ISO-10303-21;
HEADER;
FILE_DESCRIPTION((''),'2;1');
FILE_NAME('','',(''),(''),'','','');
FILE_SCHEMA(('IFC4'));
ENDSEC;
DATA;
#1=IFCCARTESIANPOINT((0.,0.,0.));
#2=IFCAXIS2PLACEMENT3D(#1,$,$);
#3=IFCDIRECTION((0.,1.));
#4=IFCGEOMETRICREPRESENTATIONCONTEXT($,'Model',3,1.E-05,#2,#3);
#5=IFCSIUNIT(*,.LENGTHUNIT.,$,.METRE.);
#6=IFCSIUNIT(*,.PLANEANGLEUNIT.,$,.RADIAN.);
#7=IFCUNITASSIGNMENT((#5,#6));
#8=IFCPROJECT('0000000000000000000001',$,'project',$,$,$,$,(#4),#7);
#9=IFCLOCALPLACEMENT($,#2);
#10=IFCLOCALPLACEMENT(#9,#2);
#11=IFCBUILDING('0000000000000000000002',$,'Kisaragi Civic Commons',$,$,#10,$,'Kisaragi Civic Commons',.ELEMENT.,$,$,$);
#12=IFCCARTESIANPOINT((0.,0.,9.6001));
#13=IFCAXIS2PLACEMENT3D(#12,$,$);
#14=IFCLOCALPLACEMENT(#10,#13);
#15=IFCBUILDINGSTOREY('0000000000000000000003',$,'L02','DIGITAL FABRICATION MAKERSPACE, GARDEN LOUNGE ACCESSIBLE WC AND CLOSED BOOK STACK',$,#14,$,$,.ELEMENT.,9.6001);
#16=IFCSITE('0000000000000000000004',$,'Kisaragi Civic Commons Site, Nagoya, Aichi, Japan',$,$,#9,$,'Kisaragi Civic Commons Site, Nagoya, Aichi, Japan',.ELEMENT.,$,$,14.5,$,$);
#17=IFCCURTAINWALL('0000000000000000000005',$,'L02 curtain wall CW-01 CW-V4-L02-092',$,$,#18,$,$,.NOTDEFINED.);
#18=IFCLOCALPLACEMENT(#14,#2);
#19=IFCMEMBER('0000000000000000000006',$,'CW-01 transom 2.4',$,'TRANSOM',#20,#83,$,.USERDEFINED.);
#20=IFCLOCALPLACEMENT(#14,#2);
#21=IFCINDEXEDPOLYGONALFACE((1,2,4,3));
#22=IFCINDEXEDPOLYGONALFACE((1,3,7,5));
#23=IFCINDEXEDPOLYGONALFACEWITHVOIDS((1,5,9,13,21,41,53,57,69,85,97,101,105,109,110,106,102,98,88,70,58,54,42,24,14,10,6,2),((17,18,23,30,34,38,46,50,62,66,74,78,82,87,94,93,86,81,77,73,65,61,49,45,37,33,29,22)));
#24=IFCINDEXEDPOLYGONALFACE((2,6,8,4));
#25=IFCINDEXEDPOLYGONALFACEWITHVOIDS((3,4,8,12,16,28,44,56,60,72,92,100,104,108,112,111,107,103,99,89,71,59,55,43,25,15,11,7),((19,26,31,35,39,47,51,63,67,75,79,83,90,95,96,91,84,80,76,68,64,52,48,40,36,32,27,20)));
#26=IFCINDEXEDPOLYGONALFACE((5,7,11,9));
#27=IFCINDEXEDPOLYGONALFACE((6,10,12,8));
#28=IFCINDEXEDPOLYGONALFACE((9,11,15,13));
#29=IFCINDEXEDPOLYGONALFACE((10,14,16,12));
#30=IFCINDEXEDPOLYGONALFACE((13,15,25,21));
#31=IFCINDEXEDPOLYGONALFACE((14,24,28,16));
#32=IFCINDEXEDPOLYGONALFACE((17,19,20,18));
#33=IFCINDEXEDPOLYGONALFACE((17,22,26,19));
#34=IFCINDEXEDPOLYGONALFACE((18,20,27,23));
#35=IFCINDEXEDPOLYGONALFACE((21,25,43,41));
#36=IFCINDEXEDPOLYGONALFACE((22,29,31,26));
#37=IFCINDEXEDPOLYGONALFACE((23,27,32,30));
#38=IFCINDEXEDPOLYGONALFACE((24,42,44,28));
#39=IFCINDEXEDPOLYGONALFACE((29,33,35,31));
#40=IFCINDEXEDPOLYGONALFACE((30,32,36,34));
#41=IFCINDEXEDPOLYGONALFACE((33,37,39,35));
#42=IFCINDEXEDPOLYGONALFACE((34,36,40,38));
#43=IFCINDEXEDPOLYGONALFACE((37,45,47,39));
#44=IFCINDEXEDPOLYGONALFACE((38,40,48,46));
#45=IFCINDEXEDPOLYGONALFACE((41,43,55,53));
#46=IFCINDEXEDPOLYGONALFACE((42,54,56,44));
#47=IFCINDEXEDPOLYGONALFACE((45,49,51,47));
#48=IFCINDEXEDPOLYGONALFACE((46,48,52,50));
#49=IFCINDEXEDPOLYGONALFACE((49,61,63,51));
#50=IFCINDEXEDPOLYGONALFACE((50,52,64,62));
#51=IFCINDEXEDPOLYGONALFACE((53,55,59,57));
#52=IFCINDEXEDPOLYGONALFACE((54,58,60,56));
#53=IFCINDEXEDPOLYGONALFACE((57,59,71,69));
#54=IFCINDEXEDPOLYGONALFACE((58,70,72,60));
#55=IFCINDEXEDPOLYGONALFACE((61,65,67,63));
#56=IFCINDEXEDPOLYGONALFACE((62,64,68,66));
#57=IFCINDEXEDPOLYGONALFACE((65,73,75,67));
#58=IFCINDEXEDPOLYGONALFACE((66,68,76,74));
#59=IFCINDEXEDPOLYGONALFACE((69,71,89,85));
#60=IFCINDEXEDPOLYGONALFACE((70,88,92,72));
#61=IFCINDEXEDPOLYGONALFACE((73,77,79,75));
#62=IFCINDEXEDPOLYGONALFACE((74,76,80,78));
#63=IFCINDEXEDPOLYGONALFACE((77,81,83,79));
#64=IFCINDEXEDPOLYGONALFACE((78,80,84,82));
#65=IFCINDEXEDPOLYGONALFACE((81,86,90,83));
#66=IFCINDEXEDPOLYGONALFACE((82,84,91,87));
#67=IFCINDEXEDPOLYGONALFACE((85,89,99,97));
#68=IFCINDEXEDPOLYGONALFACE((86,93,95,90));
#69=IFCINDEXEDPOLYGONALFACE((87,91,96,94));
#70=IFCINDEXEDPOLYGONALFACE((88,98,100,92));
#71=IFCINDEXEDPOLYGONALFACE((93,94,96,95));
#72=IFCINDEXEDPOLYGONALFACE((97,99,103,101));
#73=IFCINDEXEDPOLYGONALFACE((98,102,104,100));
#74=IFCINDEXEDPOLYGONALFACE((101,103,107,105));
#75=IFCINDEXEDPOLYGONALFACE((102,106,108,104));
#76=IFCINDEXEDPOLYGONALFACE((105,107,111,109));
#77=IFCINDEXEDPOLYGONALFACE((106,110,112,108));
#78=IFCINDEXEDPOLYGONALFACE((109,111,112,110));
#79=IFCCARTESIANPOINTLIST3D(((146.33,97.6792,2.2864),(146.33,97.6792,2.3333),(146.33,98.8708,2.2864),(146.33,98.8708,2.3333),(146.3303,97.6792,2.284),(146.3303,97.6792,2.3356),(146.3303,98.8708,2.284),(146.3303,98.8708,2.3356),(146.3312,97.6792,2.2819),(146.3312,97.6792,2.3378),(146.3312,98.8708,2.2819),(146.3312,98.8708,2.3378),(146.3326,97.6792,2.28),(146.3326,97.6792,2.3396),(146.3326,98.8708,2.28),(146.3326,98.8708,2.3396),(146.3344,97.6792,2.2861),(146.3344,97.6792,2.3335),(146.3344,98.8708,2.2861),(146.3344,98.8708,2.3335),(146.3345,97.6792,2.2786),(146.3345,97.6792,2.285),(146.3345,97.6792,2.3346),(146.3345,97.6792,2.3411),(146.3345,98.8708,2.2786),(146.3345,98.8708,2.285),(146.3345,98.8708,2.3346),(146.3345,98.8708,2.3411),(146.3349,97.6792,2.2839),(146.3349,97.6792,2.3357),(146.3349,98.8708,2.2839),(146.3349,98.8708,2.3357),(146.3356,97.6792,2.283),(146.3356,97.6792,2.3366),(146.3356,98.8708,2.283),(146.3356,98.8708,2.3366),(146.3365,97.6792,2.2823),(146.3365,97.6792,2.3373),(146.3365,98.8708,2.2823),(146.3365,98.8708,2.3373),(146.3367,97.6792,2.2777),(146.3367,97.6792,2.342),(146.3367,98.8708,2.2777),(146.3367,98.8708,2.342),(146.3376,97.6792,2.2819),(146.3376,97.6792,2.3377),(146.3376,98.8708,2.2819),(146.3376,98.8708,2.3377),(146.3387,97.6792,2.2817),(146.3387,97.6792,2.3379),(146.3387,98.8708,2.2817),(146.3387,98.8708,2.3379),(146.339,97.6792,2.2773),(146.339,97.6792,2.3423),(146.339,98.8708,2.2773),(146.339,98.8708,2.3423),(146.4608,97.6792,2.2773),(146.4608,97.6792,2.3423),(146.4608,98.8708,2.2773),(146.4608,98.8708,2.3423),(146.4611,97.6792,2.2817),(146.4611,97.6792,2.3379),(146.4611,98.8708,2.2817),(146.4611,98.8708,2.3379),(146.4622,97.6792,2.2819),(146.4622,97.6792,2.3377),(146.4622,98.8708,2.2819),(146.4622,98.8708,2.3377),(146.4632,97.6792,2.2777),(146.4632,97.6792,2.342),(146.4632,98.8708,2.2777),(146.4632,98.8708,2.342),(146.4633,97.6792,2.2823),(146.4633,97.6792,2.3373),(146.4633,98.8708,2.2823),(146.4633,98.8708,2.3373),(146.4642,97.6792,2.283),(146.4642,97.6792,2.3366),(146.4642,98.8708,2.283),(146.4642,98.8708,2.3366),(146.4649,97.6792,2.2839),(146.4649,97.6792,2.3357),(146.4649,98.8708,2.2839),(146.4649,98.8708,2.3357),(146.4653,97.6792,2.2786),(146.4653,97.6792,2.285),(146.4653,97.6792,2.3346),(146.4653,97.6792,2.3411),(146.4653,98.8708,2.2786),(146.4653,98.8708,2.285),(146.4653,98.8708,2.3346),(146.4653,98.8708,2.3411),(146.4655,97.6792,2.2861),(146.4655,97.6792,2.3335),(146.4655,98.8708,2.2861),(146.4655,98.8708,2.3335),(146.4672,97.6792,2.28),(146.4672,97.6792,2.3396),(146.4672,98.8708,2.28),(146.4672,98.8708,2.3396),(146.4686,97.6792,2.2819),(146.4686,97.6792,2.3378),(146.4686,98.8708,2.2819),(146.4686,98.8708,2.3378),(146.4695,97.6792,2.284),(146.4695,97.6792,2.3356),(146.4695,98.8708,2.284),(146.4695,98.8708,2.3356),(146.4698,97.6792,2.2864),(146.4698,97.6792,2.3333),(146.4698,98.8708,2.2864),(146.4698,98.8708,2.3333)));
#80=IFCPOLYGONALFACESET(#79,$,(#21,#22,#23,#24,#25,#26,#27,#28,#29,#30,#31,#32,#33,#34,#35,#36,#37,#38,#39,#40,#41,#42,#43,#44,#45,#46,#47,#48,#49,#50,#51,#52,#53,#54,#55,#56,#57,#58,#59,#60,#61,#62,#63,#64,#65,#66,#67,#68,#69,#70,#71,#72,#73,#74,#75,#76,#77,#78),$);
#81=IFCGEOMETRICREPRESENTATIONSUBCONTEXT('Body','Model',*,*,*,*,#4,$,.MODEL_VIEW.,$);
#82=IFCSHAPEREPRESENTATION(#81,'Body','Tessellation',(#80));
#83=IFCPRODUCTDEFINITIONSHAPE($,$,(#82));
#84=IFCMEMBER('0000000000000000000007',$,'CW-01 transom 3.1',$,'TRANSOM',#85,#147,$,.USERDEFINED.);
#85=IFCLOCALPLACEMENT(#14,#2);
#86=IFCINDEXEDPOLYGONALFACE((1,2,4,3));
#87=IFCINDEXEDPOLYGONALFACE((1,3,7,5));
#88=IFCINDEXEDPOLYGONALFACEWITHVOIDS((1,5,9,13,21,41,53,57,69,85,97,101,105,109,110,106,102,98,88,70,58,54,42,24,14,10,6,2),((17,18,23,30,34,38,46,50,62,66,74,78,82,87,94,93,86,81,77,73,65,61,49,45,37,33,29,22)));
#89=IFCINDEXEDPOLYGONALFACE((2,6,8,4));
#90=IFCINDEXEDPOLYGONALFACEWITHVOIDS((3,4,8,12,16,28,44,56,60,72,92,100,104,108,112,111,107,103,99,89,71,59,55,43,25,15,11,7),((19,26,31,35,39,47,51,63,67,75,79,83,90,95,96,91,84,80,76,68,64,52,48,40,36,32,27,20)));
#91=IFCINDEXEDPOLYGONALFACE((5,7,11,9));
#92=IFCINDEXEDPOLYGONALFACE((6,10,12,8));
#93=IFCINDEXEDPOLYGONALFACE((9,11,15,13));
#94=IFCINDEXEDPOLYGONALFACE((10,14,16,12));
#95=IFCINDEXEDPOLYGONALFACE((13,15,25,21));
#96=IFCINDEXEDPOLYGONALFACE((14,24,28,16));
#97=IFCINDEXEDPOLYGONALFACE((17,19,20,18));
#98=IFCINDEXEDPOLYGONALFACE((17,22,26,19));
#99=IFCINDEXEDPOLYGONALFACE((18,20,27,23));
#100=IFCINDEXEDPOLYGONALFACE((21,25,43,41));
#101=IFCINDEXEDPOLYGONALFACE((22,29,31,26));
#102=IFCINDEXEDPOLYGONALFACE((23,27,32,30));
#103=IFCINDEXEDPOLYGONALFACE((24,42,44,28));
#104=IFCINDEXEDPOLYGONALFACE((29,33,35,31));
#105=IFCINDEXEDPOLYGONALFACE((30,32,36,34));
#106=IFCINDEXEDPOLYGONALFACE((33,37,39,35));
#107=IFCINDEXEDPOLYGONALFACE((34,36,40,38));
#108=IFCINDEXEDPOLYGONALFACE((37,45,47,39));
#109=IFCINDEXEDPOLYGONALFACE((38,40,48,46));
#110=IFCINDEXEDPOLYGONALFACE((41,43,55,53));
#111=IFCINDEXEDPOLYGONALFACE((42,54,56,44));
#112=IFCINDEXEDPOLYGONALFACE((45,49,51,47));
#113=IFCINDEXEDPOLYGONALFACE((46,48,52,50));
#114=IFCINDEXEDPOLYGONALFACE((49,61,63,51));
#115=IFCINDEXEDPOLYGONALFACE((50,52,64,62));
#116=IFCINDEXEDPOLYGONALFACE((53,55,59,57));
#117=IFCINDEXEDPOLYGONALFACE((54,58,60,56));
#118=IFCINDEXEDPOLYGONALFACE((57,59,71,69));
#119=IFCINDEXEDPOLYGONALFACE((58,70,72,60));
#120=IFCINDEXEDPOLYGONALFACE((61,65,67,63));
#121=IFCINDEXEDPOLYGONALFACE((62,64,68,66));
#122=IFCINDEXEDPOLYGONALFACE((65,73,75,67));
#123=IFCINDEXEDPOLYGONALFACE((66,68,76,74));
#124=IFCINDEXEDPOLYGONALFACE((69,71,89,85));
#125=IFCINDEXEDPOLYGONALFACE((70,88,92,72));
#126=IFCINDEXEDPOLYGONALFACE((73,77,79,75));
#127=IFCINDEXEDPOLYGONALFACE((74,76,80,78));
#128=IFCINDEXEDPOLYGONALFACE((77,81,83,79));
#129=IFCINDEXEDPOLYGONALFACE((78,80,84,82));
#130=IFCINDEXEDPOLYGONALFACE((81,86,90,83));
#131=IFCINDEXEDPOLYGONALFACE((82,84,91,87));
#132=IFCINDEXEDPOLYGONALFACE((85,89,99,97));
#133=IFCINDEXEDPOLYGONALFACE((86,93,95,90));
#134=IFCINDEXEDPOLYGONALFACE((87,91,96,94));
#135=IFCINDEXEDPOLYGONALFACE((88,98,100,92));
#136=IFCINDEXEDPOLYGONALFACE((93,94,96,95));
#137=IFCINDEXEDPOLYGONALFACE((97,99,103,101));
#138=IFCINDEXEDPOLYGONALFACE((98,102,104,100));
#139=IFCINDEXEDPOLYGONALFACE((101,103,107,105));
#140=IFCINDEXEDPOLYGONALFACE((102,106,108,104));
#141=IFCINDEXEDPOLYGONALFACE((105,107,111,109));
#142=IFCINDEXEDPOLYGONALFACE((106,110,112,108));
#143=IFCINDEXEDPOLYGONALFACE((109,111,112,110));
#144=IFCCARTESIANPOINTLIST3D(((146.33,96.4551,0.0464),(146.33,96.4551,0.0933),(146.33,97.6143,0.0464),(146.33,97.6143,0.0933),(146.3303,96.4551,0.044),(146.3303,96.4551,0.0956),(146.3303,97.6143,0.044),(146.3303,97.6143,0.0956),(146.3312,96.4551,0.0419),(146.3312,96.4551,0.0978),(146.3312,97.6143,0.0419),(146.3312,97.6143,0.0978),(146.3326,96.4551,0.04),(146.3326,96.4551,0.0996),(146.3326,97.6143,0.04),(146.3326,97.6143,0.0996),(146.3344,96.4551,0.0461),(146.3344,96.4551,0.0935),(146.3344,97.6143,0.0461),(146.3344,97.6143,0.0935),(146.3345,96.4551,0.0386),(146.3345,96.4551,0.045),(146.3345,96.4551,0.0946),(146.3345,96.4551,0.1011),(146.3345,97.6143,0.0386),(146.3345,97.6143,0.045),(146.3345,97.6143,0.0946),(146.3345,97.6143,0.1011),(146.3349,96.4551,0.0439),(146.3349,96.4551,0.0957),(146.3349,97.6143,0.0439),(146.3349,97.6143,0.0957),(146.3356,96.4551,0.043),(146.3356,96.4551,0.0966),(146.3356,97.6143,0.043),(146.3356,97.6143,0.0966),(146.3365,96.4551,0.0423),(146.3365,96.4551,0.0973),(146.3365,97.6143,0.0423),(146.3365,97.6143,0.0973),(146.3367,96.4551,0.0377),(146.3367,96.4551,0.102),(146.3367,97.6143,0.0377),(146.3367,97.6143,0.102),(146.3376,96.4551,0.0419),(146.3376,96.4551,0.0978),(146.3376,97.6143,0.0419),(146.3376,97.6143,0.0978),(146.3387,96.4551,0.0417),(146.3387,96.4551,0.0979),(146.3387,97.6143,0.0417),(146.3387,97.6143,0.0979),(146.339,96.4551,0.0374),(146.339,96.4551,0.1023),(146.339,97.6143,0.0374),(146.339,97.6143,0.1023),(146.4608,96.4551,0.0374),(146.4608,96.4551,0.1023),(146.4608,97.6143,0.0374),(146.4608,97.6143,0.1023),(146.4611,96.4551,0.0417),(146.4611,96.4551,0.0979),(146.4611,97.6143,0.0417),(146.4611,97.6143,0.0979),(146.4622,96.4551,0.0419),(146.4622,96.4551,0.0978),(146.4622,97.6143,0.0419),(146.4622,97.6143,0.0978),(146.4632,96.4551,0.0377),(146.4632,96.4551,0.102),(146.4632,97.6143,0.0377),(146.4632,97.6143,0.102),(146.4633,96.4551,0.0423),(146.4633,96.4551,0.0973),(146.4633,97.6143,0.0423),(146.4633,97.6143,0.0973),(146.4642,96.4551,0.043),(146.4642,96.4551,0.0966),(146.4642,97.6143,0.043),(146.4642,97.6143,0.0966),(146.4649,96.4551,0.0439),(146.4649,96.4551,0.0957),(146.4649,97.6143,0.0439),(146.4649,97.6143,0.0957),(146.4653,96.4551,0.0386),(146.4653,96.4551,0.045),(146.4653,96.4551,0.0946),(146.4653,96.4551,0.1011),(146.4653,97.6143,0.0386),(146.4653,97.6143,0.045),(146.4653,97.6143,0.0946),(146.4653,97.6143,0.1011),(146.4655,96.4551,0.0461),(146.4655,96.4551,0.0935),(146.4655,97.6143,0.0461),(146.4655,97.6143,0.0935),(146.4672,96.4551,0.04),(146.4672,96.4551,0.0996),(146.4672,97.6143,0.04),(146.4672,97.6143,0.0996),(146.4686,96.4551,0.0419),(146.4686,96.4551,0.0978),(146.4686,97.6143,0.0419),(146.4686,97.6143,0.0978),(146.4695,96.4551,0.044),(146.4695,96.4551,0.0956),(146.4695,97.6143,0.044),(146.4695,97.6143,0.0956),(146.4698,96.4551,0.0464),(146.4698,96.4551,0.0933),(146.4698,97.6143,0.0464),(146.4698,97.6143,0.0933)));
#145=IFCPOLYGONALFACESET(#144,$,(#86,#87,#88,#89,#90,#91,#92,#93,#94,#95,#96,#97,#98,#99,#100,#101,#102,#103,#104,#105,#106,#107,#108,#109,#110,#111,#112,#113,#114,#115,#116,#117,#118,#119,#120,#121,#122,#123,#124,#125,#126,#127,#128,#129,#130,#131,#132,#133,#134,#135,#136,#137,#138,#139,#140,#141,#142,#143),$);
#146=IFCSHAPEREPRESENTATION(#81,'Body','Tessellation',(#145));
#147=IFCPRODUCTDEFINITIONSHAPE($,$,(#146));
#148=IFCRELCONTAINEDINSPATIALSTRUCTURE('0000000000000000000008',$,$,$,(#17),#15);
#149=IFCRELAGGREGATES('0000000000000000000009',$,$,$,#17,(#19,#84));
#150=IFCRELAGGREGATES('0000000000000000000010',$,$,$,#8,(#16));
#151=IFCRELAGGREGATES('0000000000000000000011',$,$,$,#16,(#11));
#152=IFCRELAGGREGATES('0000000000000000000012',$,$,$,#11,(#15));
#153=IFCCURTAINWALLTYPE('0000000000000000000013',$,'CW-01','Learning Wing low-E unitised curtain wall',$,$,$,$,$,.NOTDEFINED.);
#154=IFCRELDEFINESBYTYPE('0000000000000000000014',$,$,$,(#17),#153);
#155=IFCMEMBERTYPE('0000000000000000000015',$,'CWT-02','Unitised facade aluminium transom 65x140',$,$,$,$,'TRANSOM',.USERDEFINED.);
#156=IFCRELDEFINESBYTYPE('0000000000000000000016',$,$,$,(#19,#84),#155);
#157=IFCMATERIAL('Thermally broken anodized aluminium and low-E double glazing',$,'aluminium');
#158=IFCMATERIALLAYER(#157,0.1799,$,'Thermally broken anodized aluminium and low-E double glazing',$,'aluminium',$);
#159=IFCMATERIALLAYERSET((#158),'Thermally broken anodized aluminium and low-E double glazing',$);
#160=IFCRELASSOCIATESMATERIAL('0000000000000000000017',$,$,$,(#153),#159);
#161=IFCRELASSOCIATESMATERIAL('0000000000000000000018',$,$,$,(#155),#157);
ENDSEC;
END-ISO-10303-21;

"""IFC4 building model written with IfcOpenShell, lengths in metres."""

from ifc_helpers import new_model, si_unit, direction, frame, origin, origin_2d, place, context, subcontext, project, spatial, hollow_rectangle, extrude, material, layer, layer_set, material_profile, profile_set, type_object, element, aggregate, save


model = new_model("IFC4")

# Units and contexts
model_context = context("Model", 3, precision=1e-05, world=origin(), true_north=direction((0.0, 1.0)))
body_context = subcontext(model_context, "Body", "Model", "MODEL_VIEW")
ifc_project = project(units=[si_unit("LENGTHUNIT", "METRE"), si_unit("PLANEANGLEUNIT", "RADIAN")], contexts=[model_context])

# Site, building, storey
site_placement = place(None, origin())
site = spatial("IfcSite", under=ifc_project, at=site_placement, Name="Kisaragi Civic Commons Site, Nagoya, Aichi, Japan", LongName="Kisaragi Civic Commons Site, Nagoya, Aichi, Japan", CompositionType="ELEMENT", RefElevation=14.5)
building_placement = place(site_placement, origin())
building = spatial("IfcBuilding", under=site, at=building_placement, Name="Kisaragi Civic Commons", LongName="Kisaragi Civic Commons", CompositionType="ELEMENT")
storey_placement = place(building_placement, frame((0.0, 0.0, 9.6001)))
storey = spatial("IfcBuildingStorey", under=building, at=storey_placement, Name="L02", Description="DIGITAL FABRICATION MAKERSPACE, GARDEN LOUNGE ACCESSIBLE WC AND CLOSED BOOK STACK", CompositionType="ELEMENT", Elevation=9.6001)

# Curtain wall, members
ifc_material_1 = material(Name="Thermally broken anodized aluminium and low-E double glazing", Category="aluminium")
ifc_layer_1 = layer(ifc_material_1, 0.1799, Name="Thermally broken anodized aluminium and low-E double glazing", Category="aluminium")
ifc_layer_set_1 = layer_set([ifc_layer_1], Name="Thermally broken anodized aluminium and low-E double glazing")
curtain_wall_type = type_object("IfcCurtainWallType", Name="CW-01", Description="Learning Wing low-E unitised curtain wall", PredefinedType="NOTDEFINED", material=ifc_layer_set_1)
curtain_wall_placement = place(storey_placement, origin())
curtain_wall = element("IfcCurtainWall", 1, at=curtain_wall_placement, inside=storey, type_object=curtain_wall_type, Name="L02 curtain wall CW-01 CW-V4-L02-092", PredefinedType="NOTDEFINED")
ifc_material_profile_1 = material_profile(ifc_material_1, hollow_rectangle(XDim=0.1399, YDim=0.0649, WallThickness=0.0044, InnerFilletRadius=0.0044, OuterFilletRadius=0.009, at=origin_2d()), Name="CWT-65x140x4.5", Category="aluminium")
ifc_profile_set_1 = profile_set([ifc_material_profile_1], Name="Thermally broken anodized aluminium and low-E double glazing")
member_type_1 = type_object("IfcMemberType", Name="CWT-02", Description="Unitised facade aluminium transom 65x140", ElementType="TRANSOM", PredefinedType="USERDEFINED", material=ifc_profile_set_1)
member_1_placement = place(storey_placement, frame((146.3999, 98.8708, 2.3098), z_axis=(0.0, -1.0, 0.0), x_axis=(1.0, 0.0, 0.0)))
member_1 = element("IfcMember", 2, at=member_1_placement, type_object=member_type_1, Name="CW-01 transom 2.4", ObjectType="TRANSOM", PredefinedType="USERDEFINED", context=body_context, shape_type="SweptSolid", body=[
    extrude(hollow_rectangle(XDim=0.1399, YDim=0.0649, WallThickness=0.0044, InnerFilletRadius=0.0044, OuterFilletRadius=0.009, at=origin_2d()), origin(), (0.0, 0.0, 1.0), 1.1917),
])
member_2_placement = place(storey_placement, frame((146.3999, 97.6143, 0.0698), z_axis=(0.0, -1.0, 0.0), x_axis=(1.0, 0.0, 0.0)))
member_2 = element("IfcMember", 3, at=member_2_placement, type_object=member_type_1, Name="CW-01 transom 3.1", ObjectType="TRANSOM", PredefinedType="USERDEFINED", context=body_context, shape_type="SweptSolid", body=[
    extrude(hollow_rectangle(XDim=0.1399, YDim=0.0649, WallThickness=0.0044, InnerFilletRadius=0.0044, OuterFilletRadius=0.009, at=origin_2d()), origin(), (0.0, 0.0, 1.0), 1.1592),
])

aggregate(curtain_wall, [member_1, member_2])

save(model, "model.ifc")
